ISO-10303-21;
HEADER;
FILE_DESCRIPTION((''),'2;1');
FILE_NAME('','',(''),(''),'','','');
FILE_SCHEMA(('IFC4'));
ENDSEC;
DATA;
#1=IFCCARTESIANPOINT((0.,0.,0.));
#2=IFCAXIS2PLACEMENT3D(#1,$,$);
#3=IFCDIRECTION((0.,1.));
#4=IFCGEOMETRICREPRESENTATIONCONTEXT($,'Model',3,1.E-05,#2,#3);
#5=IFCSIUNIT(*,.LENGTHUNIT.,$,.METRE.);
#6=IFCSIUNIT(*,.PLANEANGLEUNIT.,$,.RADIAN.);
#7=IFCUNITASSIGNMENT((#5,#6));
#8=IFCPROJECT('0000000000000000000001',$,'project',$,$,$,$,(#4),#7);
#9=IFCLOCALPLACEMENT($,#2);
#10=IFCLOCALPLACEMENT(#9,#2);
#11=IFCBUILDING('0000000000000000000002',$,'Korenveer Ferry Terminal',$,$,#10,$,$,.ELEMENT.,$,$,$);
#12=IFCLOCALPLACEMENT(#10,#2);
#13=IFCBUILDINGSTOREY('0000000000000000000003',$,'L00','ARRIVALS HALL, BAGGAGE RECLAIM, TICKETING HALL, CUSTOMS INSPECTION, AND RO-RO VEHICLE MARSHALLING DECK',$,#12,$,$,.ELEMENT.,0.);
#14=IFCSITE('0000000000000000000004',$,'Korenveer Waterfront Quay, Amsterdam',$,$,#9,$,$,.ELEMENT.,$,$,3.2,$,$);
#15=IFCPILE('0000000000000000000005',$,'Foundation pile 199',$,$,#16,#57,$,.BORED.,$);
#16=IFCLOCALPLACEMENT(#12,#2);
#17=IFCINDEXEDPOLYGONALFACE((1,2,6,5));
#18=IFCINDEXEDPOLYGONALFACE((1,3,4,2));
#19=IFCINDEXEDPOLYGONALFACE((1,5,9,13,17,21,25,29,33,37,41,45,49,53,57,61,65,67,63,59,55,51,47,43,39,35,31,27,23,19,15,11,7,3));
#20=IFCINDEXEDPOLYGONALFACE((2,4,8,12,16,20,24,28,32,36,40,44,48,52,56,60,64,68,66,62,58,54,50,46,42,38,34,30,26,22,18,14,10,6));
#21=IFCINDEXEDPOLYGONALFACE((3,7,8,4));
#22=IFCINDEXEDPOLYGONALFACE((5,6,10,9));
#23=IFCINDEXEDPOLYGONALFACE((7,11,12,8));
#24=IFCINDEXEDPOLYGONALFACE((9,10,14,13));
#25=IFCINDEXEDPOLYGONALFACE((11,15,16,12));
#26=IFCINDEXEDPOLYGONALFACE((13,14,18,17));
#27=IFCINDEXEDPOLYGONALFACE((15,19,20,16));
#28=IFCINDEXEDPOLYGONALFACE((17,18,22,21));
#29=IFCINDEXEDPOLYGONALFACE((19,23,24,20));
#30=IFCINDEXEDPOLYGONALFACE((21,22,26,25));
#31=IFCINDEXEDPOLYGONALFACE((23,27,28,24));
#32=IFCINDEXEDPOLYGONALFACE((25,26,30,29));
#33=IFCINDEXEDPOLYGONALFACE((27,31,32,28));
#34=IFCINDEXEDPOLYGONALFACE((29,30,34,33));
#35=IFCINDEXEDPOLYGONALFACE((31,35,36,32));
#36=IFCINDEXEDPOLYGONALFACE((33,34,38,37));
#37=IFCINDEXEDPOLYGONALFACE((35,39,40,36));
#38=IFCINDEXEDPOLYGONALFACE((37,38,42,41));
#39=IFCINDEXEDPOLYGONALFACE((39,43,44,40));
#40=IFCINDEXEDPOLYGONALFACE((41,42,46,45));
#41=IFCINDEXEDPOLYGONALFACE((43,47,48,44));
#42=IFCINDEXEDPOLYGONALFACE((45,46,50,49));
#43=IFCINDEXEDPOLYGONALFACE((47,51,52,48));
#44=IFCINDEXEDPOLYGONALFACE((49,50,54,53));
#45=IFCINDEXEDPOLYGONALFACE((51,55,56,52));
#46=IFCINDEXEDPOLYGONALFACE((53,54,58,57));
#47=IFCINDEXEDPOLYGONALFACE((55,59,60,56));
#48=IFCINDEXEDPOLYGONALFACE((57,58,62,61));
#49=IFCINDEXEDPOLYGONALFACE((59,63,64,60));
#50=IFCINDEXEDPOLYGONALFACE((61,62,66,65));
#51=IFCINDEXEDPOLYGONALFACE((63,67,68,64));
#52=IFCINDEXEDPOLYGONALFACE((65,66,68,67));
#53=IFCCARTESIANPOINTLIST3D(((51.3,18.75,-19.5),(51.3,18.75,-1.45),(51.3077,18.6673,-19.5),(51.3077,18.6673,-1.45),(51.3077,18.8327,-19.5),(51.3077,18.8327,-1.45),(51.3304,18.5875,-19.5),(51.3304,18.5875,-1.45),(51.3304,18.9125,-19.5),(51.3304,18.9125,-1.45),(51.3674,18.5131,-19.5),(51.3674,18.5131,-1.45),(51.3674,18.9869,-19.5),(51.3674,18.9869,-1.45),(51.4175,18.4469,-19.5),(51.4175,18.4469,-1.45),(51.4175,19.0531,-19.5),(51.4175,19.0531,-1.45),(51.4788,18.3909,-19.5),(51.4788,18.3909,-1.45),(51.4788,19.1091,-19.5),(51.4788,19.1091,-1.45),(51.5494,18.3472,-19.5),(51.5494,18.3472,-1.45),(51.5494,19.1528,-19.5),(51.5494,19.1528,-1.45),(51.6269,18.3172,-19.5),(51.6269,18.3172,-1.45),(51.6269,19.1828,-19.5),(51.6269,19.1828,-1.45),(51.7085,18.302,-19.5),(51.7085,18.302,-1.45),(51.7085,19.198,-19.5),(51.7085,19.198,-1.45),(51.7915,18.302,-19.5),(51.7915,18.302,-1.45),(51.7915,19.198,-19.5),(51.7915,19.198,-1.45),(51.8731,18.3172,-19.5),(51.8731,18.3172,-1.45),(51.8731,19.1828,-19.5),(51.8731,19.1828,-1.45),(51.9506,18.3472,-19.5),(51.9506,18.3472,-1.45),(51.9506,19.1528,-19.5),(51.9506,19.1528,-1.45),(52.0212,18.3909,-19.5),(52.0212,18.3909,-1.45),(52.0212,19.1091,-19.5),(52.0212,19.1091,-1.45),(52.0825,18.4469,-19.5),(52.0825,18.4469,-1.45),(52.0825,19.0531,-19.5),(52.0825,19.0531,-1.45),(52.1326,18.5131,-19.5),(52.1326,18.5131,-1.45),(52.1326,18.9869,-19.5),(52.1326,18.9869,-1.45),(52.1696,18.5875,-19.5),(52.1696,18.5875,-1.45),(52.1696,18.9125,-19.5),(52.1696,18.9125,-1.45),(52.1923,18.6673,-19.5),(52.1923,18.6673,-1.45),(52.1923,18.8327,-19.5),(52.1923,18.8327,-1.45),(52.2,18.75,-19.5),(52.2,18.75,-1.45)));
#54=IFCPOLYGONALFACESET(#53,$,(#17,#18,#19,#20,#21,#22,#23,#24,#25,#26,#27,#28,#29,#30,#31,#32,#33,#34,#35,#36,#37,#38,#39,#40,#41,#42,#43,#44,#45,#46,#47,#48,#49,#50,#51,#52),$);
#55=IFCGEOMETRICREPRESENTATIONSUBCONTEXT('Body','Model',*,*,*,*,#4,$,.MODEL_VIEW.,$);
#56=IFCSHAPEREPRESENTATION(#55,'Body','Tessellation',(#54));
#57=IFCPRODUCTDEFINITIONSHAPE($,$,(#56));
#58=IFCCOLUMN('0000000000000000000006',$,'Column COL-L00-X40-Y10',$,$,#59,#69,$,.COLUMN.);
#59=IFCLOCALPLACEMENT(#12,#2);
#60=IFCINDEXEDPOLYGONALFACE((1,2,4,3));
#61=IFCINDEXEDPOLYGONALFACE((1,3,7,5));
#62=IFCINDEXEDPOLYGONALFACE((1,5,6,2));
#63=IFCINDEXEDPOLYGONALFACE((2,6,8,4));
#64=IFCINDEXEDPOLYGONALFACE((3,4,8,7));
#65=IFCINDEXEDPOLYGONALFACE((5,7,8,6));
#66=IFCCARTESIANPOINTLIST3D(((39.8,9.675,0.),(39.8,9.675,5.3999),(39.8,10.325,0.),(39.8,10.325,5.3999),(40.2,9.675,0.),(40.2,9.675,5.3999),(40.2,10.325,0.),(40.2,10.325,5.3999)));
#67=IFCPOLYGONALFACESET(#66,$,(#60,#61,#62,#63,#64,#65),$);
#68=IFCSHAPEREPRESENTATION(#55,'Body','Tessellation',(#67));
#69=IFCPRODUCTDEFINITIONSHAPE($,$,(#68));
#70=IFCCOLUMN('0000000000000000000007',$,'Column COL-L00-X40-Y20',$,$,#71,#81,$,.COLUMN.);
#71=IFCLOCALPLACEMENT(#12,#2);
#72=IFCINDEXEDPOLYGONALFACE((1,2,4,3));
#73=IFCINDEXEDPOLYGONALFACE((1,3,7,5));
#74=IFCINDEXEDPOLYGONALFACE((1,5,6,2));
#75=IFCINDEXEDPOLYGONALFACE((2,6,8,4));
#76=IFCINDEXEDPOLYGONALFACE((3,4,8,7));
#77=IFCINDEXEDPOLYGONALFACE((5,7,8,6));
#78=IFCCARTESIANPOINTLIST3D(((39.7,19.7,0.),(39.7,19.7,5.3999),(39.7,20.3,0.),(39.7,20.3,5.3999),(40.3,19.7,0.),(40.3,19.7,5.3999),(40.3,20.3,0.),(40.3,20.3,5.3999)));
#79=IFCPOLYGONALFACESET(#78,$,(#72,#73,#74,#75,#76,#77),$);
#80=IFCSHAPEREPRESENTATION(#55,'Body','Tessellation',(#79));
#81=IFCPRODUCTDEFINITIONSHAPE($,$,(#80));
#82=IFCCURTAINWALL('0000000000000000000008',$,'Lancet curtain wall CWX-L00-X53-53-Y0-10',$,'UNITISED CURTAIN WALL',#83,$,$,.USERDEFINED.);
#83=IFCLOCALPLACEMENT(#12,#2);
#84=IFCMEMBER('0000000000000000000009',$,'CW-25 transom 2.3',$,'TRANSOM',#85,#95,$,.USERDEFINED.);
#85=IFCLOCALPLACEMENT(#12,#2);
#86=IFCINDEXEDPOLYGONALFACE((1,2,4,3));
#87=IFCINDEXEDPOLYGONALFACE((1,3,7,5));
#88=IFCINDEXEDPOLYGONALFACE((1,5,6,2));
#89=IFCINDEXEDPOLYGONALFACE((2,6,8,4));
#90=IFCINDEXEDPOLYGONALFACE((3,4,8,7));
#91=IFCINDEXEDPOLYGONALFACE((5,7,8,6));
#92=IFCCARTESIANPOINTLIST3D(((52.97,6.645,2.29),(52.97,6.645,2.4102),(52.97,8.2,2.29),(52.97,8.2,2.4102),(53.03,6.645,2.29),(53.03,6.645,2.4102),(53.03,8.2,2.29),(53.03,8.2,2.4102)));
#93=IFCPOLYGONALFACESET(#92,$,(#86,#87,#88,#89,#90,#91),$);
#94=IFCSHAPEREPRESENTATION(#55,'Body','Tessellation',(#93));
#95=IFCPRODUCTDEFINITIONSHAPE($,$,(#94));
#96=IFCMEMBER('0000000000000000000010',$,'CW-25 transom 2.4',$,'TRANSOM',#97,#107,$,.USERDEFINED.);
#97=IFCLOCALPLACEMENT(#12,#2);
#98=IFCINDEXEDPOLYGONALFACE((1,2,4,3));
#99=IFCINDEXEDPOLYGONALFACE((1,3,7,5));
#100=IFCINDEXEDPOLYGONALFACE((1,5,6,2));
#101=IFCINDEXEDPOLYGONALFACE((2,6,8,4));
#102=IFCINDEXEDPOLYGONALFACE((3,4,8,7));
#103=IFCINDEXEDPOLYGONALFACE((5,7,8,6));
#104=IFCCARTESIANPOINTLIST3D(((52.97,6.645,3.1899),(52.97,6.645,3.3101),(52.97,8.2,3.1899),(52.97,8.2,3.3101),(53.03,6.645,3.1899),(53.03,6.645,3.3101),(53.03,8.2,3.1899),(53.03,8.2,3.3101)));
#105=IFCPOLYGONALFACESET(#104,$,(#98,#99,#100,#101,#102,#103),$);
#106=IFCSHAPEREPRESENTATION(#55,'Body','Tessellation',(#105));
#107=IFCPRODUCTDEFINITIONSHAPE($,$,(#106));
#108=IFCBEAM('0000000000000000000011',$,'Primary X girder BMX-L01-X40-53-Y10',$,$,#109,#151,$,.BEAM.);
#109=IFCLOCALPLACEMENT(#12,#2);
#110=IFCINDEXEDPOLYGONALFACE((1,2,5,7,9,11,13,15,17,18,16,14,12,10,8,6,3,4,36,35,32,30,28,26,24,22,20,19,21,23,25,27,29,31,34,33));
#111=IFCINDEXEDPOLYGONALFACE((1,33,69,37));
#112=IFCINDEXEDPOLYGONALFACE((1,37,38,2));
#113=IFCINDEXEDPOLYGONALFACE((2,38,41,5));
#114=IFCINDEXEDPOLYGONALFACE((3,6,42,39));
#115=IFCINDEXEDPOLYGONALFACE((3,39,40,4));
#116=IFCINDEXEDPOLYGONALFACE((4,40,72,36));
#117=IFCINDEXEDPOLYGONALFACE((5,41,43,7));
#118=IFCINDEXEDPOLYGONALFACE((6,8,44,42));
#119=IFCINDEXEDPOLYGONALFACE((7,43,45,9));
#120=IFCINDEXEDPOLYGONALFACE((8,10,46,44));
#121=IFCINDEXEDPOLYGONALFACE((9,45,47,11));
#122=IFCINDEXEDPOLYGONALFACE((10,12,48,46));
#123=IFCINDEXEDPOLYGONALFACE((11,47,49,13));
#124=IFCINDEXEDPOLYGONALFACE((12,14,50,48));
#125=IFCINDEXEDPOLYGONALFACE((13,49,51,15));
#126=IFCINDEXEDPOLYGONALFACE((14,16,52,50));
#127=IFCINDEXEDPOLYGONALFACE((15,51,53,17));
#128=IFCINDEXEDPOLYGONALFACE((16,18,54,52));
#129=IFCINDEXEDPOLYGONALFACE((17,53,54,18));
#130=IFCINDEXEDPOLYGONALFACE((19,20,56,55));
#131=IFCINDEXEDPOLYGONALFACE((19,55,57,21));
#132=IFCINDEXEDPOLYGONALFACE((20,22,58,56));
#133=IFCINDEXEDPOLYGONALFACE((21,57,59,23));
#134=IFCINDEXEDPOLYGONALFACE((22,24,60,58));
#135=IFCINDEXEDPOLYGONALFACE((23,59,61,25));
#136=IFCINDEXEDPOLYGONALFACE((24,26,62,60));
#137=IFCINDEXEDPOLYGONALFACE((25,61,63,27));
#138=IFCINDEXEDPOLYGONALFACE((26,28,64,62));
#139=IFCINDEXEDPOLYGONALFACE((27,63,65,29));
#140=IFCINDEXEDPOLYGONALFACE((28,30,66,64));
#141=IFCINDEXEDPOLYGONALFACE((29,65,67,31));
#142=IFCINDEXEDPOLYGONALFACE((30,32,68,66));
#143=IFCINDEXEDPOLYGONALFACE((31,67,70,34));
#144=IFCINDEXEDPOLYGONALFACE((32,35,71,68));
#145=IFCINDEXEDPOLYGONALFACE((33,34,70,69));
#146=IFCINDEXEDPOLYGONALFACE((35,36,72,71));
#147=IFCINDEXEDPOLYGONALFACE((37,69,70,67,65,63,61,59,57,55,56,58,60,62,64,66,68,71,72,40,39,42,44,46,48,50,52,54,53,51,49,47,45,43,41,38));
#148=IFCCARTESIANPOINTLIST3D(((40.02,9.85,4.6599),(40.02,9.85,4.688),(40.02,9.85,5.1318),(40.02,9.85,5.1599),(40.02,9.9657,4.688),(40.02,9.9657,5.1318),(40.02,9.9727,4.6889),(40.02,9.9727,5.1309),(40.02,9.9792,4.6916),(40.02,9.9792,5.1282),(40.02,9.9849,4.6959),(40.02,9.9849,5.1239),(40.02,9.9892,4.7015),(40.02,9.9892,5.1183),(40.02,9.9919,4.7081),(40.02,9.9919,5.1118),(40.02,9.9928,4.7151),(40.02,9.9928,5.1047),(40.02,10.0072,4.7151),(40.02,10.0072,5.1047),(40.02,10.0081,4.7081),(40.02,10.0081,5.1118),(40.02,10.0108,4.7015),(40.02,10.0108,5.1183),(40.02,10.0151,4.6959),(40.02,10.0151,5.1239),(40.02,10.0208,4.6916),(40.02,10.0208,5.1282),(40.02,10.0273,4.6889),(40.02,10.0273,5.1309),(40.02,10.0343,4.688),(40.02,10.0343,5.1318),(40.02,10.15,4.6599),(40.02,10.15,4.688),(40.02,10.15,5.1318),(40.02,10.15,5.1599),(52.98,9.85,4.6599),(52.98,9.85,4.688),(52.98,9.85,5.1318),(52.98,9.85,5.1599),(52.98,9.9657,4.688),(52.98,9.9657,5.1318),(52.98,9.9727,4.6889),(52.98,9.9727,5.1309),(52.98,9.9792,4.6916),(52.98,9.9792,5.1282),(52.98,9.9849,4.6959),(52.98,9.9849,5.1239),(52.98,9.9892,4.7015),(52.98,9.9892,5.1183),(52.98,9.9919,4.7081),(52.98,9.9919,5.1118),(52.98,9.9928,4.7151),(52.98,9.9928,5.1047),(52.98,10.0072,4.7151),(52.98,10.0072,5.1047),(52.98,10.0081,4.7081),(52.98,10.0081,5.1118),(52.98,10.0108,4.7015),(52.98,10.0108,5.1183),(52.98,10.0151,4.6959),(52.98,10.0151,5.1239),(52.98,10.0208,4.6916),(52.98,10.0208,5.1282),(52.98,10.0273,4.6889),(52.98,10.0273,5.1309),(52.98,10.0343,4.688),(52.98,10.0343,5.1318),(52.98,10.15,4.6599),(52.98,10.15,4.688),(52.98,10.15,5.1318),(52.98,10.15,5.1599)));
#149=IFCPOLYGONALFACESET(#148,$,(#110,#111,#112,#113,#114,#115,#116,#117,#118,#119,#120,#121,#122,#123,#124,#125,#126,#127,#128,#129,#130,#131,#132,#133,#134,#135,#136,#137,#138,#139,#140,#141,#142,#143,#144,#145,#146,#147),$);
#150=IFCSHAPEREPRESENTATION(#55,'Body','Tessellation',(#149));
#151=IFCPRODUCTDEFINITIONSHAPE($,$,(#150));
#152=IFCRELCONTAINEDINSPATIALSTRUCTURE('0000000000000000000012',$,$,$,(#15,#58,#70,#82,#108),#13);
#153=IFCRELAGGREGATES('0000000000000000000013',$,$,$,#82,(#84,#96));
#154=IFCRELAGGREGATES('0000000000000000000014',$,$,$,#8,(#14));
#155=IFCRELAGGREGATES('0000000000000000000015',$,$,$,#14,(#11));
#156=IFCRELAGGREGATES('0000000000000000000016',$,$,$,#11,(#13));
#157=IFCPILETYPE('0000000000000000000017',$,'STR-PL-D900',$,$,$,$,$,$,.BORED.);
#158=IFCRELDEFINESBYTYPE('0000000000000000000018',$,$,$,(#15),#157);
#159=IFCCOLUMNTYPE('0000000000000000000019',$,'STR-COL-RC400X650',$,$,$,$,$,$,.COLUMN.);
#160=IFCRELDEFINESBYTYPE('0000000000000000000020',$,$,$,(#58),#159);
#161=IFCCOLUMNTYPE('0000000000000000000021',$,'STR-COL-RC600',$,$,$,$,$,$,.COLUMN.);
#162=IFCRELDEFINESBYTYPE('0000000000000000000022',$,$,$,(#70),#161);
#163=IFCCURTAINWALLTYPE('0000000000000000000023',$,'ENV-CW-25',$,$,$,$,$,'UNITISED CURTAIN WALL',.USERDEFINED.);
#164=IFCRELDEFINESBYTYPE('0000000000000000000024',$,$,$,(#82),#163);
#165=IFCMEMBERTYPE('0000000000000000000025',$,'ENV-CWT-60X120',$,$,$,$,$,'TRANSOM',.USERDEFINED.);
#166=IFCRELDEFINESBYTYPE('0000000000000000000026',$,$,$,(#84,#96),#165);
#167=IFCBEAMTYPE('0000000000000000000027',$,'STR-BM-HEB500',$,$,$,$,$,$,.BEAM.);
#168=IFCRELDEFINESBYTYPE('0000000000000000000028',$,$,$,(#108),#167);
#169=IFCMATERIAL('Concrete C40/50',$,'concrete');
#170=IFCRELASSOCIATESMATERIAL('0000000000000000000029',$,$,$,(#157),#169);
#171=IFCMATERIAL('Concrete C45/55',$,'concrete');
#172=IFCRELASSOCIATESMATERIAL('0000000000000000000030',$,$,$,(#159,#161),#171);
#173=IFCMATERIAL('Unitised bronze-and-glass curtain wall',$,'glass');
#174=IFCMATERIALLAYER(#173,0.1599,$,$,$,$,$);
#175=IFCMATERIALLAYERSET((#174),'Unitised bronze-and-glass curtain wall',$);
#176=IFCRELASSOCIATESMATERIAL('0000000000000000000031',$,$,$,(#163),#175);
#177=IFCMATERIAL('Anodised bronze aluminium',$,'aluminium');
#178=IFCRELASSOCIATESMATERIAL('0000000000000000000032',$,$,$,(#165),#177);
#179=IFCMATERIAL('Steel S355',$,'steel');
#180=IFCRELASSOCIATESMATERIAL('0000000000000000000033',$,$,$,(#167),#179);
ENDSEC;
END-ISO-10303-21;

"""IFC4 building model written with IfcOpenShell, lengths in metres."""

from ifc_helpers import new_model, si_unit, direction, frame, origin, origin_2d, place, context, subcontext, project, spatial, rectangle, circle, i_section, extrude, material, layer, layer_set, material_profile, profile_set, type_object, element, aggregate, save


model = new_model("IFC4")

# Units and contexts
model_context = context("Model", 3, precision=1e-05, world=origin(), true_north=direction((0.0, 1.0)))
body_context = subcontext(model_context, "Body", "Model", "MODEL_VIEW")
ifc_project = project(units=[si_unit("LENGTHUNIT", "METRE"), si_unit("PLANEANGLEUNIT", "RADIAN")], contexts=[model_context])

# Site, building, storey
site_placement = place(None, origin())
site = spatial("IfcSite", under=ifc_project, at=site_placement, Name="Korenveer Waterfront Quay, Amsterdam", CompositionType="ELEMENT", RefElevation=3.2)
building_placement = place(site_placement, origin())
building = spatial("IfcBuilding", under=site, at=building_placement, Name="Korenveer Ferry Terminal", CompositionType="ELEMENT")
storey_placement = place(building_placement, origin())
storey = spatial("IfcBuildingStorey", under=building, at=storey_placement, Name="L00", Description="ARRIVALS HALL, BAGGAGE RECLAIM, TICKETING HALL, CUSTOMS INSPECTION, AND RO-RO VEHICLE MARSHALLING DECK", CompositionType="ELEMENT", Elevation=0.0)

# Shared definitions
ifc_material_1 = material(Name="Concrete C40/50", Category="concrete")
ifc_material_2 = material(Name="Concrete C45/55", Category="concrete")

# Pile
ifc_material_profile_1 = material_profile(ifc_material_1, circle(Radius=0.45, at=origin_2d()), Name="PILE D900")
ifc_profile_set_1 = profile_set([ifc_material_profile_1], Name="Concrete C40/50")
pile_type_1 = type_object("IfcPileType", Name="STR-PL-D900", PredefinedType="BORED", material=ifc_profile_set_1)
pile_1_placement = place(storey_placement, frame((51.75, 18.75, -1.45), z_axis=(0.0, 0.0, -1.0), x_axis=(1.0, 0.0, 0.0)))
element("IfcPile", 1, at=pile_1_placement, inside=storey, type_object=pile_type_1, Name="Foundation pile 199", PredefinedType="BORED", context=body_context, shape_type="SweptSolid", body=[
    extrude(circle(Radius=0.45, at=origin_2d()), origin(), (0.0, 0.0, 1.0), 18.05),
])

# Columns
ifc_material_profile_2 = material_profile(ifc_material_2, rectangle(XDim=0.3999, YDim=0.6499, at=origin_2d()), Name="RC 400x650")
ifc_profile_set_2 = profile_set([ifc_material_profile_2], Name="Concrete C45/55")
column_type_1 = type_object("IfcColumnType", Name="STR-COL-RC400X650", PredefinedType="COLUMN", material=ifc_profile_set_2)
column_1_placement = place(storey_placement, frame((40.0, 10.0, 0.0), z_axis=(0.0, 0.0, 1.0), x_axis=(1.0, 0.0, 0.0)))
element("IfcColumn", 2, at=column_1_placement, inside=storey, type_object=column_type_1, Name="Column COL-L00-X40-Y10", PredefinedType="COLUMN", context=body_context, shape_type="SweptSolid", body=[
    extrude(rectangle(XDim=0.3999, YDim=0.6499, at=origin_2d()), origin(), (0.0, 0.0, 1.0), 5.3999),
])
ifc_material_profile_3 = material_profile(ifc_material_2, rectangle(XDim=0.6001, YDim=0.6001, at=origin_2d()), Name="RC 600x600")
ifc_profile_set_3 = profile_set([ifc_material_profile_3], Name="Concrete C45/55")
column_type_2 = type_object("IfcColumnType", Name="STR-COL-RC600", PredefinedType="COLUMN", material=ifc_profile_set_3)
column_2_placement = place(storey_placement, frame((40.0, 20.0, 0.0), z_axis=(0.0, 0.0, 1.0), x_axis=(1.0, 0.0, 0.0)))
element("IfcColumn", 3, at=column_2_placement, inside=storey, type_object=column_type_2, Name="Column COL-L00-X40-Y20", PredefinedType="COLUMN", context=body_context, shape_type="SweptSolid", body=[
    extrude(rectangle(XDim=0.6001, YDim=0.6001, at=origin_2d()), origin(), (0.0, 0.0, 1.0), 5.3999),
])

# Curtain wall, members
ifc_material_3 = material(Name="Unitised bronze-and-glass curtain wall", Category="glass")
ifc_layer = layer(ifc_material_3, 0.1599)
ifc_layer_set = layer_set([ifc_layer], Name="Unitised bronze-and-glass curtain wall")
curtain_wall_type = type_object("IfcCurtainWallType", Name="ENV-CW-25", ElementType="UNITISED CURTAIN WALL", PredefinedType="USERDEFINED", material=ifc_layer_set)
curtain_wall_placement = place(storey_placement, frame((53.0, 9.845, 0.0)))
curtain_wall = element("IfcCurtainWall", 4, at=curtain_wall_placement, inside=storey, type_object=curtain_wall_type, Name="Lancet curtain wall CWX-L00-X53-53-Y0-10", ObjectType="UNITISED CURTAIN WALL", PredefinedType="USERDEFINED")
ifc_material_4 = material(Name="Anodised bronze aluminium", Category="aluminium")
ifc_material_profile_4 = material_profile(ifc_material_4, rectangle(XDim=0.0601, YDim=0.1201, at=origin_2d()), Name="ALU 60x120")
ifc_profile_set_4 = profile_set([ifc_material_profile_4], Name="Anodised bronze aluminium")
member_type = type_object("IfcMemberType", Name="ENV-CWT-60X120", ElementType="TRANSOM", PredefinedType="USERDEFINED", material=ifc_profile_set_4)
member_1_placement = place(storey_placement, frame((53.0, 8.2, 2.3501), z_axis=(0.0, -1.0, 0.0), x_axis=(1.0, 0.0, 0.0)))
member_1 = element("IfcMember", 5, at=member_1_placement, type_object=member_type, Name="CW-25 transom 2.3", ObjectType="TRANSOM", PredefinedType="USERDEFINED", context=body_context, shape_type="SweptSolid", body=[
    extrude(rectangle(XDim=0.0601, YDim=0.1201, at=origin_2d()), origin(), (0.0, 0.0, 1.0), 1.5549),
])
member_2_placement = place(storey_placement, frame((53.0, 8.2, 3.25), z_axis=(0.0, -1.0, 0.0), x_axis=(1.0, 0.0, 0.0)))
member_2 = element("IfcMember", 6, at=member_2_placement, type_object=member_type, Name="CW-25 transom 2.4", ObjectType="TRANSOM", PredefinedType="USERDEFINED", context=body_context, shape_type="SweptSolid", body=[
    extrude(rectangle(XDim=0.0601, YDim=0.1201, at=origin_2d()), origin(), (0.0, 0.0, 1.0), 1.5549),
])
aggregate(curtain_wall, [member_1, member_2])

# Beam
ifc_material_5 = material(Name="Steel S355", Category="steel")
ifc_material_profile_5 = material_profile(ifc_material_5, i_section(OverallWidth=0.3, OverallDepth=0.5, WebThickness=0.0144, FlangeThickness=0.0281, FilletRadius=0.0271, at=origin_2d()), Name="HEB 500")
ifc_profile_set_5 = profile_set([ifc_material_profile_5], Name="Steel S355")
beam_type_1 = type_object("IfcBeamType", Name="STR-BM-HEB500", PredefinedType="BEAM", material=ifc_profile_set_5)
for number, where, z_axis, x_axis, name in (
    (7, (40.02, 10.0, 4.9099), (1.0, 0.0, 0.0), (0.0, 1.0, 0.0), "Primary X girder BMX-L01-X40-53-Y10"),
):
    element("IfcBeam", number, at=place(storey_placement, frame(where, z_axis=z_axis, x_axis=x_axis)), inside=storey, type_object=beam_type_1, Name=name, PredefinedType="BEAM", context=body_context, shape_type="SweptSolid", body=[
        extrude(i_section(OverallWidth=0.3, OverallDepth=0.5, WebThickness=0.0144, FlangeThickness=0.0281, FilletRadius=0.0271, at=origin_2d()), origin(), (0.0, 0.0, 1.0), 12.96),
    ])

save(model, "model.ifc")
